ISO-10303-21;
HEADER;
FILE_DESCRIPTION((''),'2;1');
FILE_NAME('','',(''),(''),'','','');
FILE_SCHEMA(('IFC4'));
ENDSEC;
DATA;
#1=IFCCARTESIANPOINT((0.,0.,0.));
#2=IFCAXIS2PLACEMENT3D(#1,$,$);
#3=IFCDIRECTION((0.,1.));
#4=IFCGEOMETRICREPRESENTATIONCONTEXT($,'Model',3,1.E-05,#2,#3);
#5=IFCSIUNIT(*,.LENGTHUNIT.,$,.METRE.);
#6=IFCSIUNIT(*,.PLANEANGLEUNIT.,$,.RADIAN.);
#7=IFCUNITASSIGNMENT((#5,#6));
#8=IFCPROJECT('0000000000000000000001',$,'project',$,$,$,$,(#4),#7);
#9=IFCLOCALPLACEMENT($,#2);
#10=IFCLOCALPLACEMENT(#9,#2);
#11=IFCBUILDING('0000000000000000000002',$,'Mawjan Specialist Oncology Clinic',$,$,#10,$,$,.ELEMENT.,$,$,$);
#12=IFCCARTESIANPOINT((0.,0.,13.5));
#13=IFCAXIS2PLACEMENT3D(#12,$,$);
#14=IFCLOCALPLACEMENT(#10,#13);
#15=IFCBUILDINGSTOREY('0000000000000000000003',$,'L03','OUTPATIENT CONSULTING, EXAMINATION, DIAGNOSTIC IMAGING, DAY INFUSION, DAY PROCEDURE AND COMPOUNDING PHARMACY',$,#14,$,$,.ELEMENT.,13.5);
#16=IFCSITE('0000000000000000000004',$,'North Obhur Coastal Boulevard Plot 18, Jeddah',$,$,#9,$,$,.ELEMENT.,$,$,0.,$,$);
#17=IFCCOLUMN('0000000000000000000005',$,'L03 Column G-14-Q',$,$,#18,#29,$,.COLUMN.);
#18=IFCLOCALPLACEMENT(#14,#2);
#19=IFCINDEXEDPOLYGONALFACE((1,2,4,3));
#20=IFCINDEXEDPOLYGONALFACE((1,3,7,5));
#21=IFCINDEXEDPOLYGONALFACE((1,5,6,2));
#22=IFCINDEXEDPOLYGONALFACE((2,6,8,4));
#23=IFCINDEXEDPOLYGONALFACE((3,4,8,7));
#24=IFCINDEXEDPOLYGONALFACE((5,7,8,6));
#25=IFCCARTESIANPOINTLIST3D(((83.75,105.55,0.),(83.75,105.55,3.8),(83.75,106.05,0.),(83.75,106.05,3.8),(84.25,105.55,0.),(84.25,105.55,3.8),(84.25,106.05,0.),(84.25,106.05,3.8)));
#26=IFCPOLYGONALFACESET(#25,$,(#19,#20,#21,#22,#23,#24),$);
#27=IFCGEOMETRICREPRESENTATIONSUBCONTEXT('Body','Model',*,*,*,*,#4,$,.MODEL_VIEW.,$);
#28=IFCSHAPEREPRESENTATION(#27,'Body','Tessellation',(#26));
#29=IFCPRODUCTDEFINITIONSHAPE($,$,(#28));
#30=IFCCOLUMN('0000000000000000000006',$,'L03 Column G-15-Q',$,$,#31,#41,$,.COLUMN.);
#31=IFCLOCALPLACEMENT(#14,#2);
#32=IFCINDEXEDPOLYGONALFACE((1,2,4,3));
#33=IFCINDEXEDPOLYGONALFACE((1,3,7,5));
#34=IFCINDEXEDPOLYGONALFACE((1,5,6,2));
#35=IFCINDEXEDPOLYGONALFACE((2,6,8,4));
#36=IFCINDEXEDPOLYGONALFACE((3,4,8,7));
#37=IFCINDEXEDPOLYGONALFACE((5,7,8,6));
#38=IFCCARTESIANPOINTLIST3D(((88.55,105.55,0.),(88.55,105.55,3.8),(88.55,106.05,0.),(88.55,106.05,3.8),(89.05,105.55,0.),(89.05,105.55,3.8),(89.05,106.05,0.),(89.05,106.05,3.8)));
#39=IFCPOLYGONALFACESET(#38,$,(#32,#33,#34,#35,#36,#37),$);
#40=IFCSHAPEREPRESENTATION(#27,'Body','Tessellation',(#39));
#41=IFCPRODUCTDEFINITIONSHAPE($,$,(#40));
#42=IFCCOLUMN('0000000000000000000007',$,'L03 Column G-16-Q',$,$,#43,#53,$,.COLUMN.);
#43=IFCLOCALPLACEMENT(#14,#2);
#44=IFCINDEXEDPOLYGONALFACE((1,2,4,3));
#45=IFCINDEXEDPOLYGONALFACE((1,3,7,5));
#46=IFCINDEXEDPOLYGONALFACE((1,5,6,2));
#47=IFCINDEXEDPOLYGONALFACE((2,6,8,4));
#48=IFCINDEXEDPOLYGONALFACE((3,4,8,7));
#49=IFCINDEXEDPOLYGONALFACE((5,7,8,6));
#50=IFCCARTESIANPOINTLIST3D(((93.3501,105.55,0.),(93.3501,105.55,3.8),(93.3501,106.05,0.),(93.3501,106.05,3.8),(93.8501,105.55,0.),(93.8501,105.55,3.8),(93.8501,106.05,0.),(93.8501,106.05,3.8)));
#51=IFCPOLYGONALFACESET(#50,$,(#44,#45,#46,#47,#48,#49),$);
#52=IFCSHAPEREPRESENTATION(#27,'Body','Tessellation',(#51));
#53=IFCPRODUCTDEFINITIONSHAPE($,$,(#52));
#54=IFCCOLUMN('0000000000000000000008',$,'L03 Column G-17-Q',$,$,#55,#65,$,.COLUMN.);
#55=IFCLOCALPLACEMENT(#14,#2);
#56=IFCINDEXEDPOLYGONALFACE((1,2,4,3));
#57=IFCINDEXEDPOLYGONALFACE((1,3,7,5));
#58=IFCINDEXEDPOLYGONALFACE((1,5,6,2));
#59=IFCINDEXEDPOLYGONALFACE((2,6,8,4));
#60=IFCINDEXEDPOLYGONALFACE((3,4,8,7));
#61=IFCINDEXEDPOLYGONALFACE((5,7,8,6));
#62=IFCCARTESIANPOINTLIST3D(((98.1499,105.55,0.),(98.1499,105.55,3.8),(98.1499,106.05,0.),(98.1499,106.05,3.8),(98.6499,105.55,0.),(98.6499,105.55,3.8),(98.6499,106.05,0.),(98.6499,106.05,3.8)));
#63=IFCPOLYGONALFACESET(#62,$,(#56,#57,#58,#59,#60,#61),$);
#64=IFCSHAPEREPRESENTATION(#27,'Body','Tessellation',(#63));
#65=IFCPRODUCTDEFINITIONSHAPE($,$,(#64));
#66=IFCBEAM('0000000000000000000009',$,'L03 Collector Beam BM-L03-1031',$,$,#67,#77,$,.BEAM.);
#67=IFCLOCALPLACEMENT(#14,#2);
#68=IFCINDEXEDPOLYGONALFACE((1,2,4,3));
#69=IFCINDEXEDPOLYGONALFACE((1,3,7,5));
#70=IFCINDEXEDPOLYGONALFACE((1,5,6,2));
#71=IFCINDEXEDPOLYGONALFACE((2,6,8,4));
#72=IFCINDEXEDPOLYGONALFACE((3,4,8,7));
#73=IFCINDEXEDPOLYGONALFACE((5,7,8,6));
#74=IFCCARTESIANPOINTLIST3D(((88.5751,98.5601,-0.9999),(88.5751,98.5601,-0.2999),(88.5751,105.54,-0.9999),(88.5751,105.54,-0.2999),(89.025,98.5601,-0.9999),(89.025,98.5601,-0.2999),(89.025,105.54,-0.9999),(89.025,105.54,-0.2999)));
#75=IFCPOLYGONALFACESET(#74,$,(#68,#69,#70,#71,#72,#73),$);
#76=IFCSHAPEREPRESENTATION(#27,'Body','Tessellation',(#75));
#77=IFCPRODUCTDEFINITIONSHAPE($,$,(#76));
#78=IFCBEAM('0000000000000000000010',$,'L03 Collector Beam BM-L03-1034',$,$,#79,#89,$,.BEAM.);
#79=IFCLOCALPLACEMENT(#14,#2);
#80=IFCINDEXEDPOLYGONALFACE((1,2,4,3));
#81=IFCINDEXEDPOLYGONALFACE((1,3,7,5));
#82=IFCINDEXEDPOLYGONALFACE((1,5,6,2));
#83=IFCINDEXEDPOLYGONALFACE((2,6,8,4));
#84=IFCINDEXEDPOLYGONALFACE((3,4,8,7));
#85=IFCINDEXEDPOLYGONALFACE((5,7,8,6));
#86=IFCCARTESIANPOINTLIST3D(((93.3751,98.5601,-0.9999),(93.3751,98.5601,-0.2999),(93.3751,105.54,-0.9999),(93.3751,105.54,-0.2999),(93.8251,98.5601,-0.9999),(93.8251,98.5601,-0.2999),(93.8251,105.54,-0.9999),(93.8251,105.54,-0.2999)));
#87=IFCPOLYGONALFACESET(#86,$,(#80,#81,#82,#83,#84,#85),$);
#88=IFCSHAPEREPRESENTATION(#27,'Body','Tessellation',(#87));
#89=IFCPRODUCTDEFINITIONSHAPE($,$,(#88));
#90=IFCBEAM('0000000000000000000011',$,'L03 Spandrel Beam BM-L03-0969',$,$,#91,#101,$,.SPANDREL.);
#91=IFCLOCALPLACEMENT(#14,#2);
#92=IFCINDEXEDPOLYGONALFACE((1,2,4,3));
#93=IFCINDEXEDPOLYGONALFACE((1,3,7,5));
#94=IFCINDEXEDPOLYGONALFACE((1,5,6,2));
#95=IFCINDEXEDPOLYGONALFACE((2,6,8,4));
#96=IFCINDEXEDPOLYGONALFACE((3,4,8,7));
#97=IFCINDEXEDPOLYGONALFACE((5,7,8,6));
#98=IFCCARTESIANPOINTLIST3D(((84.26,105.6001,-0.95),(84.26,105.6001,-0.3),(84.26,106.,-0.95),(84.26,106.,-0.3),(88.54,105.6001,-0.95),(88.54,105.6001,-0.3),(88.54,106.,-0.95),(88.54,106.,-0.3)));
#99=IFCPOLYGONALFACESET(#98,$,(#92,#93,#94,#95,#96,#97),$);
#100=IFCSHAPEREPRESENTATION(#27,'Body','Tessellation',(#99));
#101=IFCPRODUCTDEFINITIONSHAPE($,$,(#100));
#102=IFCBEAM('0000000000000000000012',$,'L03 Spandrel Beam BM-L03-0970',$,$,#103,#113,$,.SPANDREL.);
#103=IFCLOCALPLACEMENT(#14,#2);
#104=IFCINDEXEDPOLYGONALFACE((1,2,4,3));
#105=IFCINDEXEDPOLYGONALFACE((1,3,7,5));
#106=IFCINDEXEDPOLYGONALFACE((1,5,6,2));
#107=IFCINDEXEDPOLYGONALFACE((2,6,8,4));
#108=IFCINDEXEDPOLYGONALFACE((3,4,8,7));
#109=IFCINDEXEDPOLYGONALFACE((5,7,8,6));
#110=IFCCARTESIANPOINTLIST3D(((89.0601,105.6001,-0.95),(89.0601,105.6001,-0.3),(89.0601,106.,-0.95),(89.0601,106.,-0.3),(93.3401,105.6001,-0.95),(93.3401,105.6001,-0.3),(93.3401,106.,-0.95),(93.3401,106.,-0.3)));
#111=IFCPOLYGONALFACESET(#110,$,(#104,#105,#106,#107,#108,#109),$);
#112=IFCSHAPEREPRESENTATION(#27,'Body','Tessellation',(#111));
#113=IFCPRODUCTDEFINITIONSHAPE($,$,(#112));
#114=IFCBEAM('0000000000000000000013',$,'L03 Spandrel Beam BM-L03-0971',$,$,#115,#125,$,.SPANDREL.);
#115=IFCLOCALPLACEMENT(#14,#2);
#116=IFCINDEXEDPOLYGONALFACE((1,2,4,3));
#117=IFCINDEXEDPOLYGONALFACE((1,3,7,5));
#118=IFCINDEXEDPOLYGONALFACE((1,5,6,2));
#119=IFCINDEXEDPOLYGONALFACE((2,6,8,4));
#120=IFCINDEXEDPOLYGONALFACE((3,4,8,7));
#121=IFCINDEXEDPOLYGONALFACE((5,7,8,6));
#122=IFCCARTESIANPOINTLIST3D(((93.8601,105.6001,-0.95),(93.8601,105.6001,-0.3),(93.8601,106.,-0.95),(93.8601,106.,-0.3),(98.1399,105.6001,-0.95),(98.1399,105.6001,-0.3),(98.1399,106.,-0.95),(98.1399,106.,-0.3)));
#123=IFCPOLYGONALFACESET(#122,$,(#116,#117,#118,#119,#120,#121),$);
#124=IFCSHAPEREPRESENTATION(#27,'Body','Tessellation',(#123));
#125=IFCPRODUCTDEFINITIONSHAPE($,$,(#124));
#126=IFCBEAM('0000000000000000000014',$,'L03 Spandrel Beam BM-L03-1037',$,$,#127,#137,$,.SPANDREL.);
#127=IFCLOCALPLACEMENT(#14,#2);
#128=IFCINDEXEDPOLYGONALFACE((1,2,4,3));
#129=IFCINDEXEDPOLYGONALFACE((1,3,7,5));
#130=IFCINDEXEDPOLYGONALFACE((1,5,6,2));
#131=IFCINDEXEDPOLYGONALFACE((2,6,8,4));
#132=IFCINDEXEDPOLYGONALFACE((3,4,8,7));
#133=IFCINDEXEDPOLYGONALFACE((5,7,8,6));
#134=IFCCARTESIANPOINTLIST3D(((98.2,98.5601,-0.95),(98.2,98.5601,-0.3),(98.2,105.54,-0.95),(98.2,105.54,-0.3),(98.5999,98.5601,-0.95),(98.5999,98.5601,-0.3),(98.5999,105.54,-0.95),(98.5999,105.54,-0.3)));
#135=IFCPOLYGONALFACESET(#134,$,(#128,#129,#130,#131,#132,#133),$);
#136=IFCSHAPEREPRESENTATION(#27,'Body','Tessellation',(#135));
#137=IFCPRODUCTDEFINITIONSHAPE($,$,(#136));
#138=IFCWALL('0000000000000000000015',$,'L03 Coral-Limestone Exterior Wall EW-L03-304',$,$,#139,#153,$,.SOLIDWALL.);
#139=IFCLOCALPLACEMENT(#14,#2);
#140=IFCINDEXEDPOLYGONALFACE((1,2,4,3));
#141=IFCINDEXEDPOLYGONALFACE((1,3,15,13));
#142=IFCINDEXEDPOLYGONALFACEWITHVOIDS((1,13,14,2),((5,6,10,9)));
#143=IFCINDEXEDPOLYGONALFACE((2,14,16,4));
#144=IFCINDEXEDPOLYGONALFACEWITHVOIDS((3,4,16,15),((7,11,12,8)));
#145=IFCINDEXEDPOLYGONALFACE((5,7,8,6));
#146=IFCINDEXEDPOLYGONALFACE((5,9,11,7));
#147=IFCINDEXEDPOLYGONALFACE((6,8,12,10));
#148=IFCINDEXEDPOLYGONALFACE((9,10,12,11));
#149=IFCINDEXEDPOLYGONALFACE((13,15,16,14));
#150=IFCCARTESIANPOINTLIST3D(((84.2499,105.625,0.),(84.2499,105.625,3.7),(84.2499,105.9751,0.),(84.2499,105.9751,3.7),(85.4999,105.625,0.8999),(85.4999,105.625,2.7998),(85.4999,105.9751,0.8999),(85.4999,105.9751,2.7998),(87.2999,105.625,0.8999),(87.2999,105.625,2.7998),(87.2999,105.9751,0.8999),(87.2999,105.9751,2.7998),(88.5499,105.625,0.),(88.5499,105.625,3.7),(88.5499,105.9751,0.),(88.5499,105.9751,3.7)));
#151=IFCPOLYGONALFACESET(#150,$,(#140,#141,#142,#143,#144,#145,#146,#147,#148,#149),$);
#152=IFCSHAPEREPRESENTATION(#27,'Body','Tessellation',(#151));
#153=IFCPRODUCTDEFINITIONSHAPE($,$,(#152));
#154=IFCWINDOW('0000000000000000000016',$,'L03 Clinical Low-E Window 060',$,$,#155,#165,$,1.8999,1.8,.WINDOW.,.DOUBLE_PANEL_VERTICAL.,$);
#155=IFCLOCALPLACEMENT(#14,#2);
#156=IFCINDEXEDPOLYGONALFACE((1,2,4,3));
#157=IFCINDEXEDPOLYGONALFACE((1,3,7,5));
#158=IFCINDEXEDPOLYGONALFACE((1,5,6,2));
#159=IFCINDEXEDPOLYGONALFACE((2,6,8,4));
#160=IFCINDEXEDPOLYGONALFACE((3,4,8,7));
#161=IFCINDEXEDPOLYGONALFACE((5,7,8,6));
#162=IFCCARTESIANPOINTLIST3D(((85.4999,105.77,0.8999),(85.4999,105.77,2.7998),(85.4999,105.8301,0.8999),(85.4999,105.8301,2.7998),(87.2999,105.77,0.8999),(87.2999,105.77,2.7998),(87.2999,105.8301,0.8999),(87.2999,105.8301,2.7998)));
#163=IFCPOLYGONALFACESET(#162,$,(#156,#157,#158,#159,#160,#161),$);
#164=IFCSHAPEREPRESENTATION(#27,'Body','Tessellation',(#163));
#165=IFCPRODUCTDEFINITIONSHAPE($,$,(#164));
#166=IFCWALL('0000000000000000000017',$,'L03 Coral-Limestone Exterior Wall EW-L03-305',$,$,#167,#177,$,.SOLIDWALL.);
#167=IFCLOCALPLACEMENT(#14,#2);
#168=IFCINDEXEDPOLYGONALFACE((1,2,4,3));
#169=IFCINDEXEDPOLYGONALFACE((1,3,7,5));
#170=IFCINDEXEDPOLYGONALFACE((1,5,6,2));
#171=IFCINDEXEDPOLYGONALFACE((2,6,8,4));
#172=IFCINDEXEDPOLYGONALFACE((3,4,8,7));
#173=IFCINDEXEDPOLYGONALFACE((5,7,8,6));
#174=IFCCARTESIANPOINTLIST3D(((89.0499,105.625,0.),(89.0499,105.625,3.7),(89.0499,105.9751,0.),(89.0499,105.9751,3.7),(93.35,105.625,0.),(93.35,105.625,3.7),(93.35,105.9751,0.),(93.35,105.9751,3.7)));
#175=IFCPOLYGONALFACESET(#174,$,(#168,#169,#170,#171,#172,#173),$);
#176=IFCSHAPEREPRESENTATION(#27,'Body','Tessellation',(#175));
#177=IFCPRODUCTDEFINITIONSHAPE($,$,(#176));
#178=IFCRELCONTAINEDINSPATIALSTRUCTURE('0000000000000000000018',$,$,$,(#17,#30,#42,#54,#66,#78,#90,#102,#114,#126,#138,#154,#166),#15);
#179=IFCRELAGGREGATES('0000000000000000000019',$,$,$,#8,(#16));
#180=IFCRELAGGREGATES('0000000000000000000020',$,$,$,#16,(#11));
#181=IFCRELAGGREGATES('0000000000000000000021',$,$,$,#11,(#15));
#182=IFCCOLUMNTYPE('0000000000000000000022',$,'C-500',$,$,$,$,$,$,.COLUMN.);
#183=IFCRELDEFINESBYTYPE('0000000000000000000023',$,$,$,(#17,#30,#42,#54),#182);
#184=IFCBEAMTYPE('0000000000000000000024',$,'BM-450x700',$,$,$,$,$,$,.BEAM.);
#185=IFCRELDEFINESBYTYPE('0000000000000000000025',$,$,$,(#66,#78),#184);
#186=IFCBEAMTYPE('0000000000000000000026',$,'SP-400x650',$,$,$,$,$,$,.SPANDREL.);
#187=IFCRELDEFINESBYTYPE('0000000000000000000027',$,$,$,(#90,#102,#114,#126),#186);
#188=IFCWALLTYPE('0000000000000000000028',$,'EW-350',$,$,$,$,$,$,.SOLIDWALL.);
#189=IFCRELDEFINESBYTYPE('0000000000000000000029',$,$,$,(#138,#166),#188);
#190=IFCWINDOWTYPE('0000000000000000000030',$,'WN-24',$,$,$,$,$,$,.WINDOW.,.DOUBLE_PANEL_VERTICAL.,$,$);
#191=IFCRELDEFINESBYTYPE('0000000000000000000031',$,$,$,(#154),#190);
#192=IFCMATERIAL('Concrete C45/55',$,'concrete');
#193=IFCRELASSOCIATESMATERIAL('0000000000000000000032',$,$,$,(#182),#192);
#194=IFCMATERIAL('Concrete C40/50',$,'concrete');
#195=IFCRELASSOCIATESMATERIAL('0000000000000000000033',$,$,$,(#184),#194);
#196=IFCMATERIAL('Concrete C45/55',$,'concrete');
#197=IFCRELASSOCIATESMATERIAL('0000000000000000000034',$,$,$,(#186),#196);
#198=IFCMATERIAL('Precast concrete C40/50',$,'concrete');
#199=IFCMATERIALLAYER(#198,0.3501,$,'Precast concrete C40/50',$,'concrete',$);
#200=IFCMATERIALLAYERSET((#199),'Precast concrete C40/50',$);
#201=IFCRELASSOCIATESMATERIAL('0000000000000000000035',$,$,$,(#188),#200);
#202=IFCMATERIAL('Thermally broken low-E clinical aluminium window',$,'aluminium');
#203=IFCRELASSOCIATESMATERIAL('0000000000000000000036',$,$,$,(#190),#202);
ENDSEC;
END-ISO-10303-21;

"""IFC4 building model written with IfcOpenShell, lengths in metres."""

from ifc_helpers import new_model, si_unit, direction, frame, frame_2d, origin, origin_2d, place, context, subcontext, project, spatial, rectangle, extrude, material, layer, layer_set, material_profile, profile_set, type_object, element, fill, save


model = new_model("IFC4")

# Units and contexts
model_context = context("Model", 3, precision=1e-05, world=origin(), true_north=direction((0.0, 1.0)))
body_context = subcontext(model_context, "Body", "Model", "MODEL_VIEW")
ifc_project = project(units=[si_unit("LENGTHUNIT", "METRE"), si_unit("PLANEANGLEUNIT", "RADIAN")], contexts=[model_context])

# Site, building, storey
site_placement = place(None, origin())
site = spatial("IfcSite", under=ifc_project, at=site_placement, Name="North Obhur Coastal Boulevard Plot 18, Jeddah", CompositionType="ELEMENT", RefElevation=0.0)
building_placement = place(site_placement, origin())
building = spatial("IfcBuilding", under=site, at=building_placement, Name="Mawjan Specialist Oncology Clinic", CompositionType="ELEMENT")
storey_placement = place(building_placement, frame((0.0, 0.0, 13.5)))
storey = spatial("IfcBuildingStorey", under=building, at=storey_placement, Name="L03", Description="OUTPATIENT CONSULTING, EXAMINATION, DIAGNOSTIC IMAGING, DAY INFUSION, DAY PROCEDURE AND COMPOUNDING PHARMACY", CompositionType="ELEMENT", Elevation=13.5)

# Columns
ifc_material_1 = material(Name="Concrete C45/55", Category="concrete")
ifc_material_profile_1 = material_profile(ifc_material_1, rectangle(XDim=0.5, YDim=0.5, at=origin_2d()), Name="RC COL 500x500", Category="concrete")
ifc_profile_set_1 = profile_set([ifc_material_profile_1], Name="Concrete C45/55")
column_type = type_object("IfcColumnType", Name="C-500", PredefinedType="COLUMN", material=ifc_profile_set_1)
for number, where, z_axis, x_axis, name in (
    (1, (84.0, 105.8, 0.0), (0.0, 0.0, 1.0), (1.0, 0.0, 0.0), "L03 Column G-14-Q"),
    (2, (88.8, 105.8, 0.0), (0.0, 0.0, 1.0), (1.0, 0.0, 0.0), "L03 Column G-15-Q"),
    (3, (93.6001, 105.8, 0.0), (0.0, 0.0, 1.0), (1.0, 0.0, 0.0), "L03 Column G-16-Q"),
    (4, (98.3999, 105.8, 0.0), (0.0, 0.0, 1.0), (1.0, 0.0, 0.0), "L03 Column G-17-Q"),
):
    element("IfcColumn", number, at=place(storey_placement, frame(where, z_axis=z_axis, x_axis=x_axis)), inside=storey, type_object=column_type, Name=name, PredefinedType="COLUMN", context=body_context, shape_type="SweptSolid", body=[
        extrude(rectangle(XDim=0.5, YDim=0.5, at=origin_2d()), origin(), (0.0, 0.0, 1.0), 3.8),
    ])

# Beams
ifc_material_2 = material(Name="Concrete C40/50", Category="concrete")
ifc_material_profile_2 = material_profile(ifc_material_2, rectangle(XDim=0.45, YDim=0.7, at=origin_2d()), Name="RC BM 450x700", Category="concrete")
ifc_profile_set_2 = profile_set([ifc_material_profile_2], Name="Concrete C40/50")
beam_type_1 = type_object("IfcBeamType", Name="BM-450x700", PredefinedType="BEAM", material=ifc_profile_set_2)
for number, where, z_axis, x_axis, name in (
    (5, (88.8, 98.5601, -0.6499), (0.0, 1.0, 0.0), (-1.0, 0.0, 0.0), "L03 Collector Beam BM-L03-1031"),
    (6, (93.6001, 98.5601, -0.6499), (0.0, 1.0, 0.0), (-1.0, 0.0, 0.0), "L03 Collector Beam BM-L03-1034"),
):
    element("IfcBeam", number, at=place(storey_placement, frame(where, z_axis=z_axis, x_axis=x_axis)), inside=storey, type_object=beam_type_1, Name=name, PredefinedType="BEAM", context=body_context, shape_type="SweptSolid", body=[
        extrude(rectangle(XDim=0.45, YDim=0.7, at=origin_2d()), origin(), (0.0, 0.0, 1.0), 6.98),
    ])
ifc_material_3 = material(Name="Concrete C45/55", Category="concrete")
ifc_material_profile_3 = material_profile(ifc_material_3, rectangle(XDim=0.3999, YDim=0.6499, at=origin_2d()), Name="RC BM 400x650", Category="concrete")
ifc_profile_set_3 = profile_set([ifc_material_profile_3], Name="Concrete C45/55")
beam_type_2 = type_object("IfcBeamType", Name="SP-400x650", PredefinedType="SPANDREL", material=ifc_profile_set_3)
for number, where, z_axis, x_axis, name in (
    (7, (84.26, 105.8, -0.625), (1.0, 0.0, 0.0), (0.0, 1.0, 0.0), "L03 Spandrel Beam BM-L03-0969"),
    (8, (89.0601, 105.8, -0.625), (1.0, 0.0, 0.0), (0.0, 1.0, 0.0), "L03 Spandrel Beam BM-L03-0970"),
):
    element("IfcBeam", number, at=place(storey_placement, frame(where, z_axis=z_axis, x_axis=x_axis)), inside=storey, type_object=beam_type_2, Name=name, PredefinedType="SPANDREL", context=body_context, shape_type="SweptSolid", body=[
        extrude(rectangle(XDim=0.3999, YDim=0.6499, at=origin_2d()), origin(), (0.0, 0.0, 1.0), 4.28),
    ])
beam_1_placement = place(storey_placement, frame((93.8601, 105.8, -0.625), z_axis=(1.0, 0.0, 0.0), x_axis=(0.0, 1.0, 0.0)))
element("IfcBeam", 9, at=beam_1_placement, inside=storey, type_object=beam_type_2, Name="L03 Spandrel Beam BM-L03-0971", PredefinedType="SPANDREL", context=body_context, shape_type="SweptSolid", body=[
    extrude(rectangle(XDim=0.3999, YDim=0.6499, at=origin_2d()), origin(), (0.0, 0.0, 1.0), 4.2798),
])
beam_2_placement = place(storey_placement, frame((98.3999, 98.5601, -0.625), z_axis=(0.0, 1.0, 0.0), x_axis=(-1.0, 0.0, 0.0)))
element("IfcBeam", 10, at=beam_2_placement, inside=storey, type_object=beam_type_2, Name="L03 Spandrel Beam BM-L03-1037", PredefinedType="SPANDREL", context=body_context, shape_type="SweptSolid", body=[
    extrude(rectangle(XDim=0.3999, YDim=0.6499, at=origin_2d()), origin(), (0.0, 0.0, 1.0), 6.98),
])

# Wall, opening, window
ifc_material_4 = material(Name="Precast concrete C40/50", Category="concrete")
ifc_layer_1 = layer(ifc_material_4, 0.3501, Name="Precast concrete C40/50", Category="concrete")
ifc_layer_set_1 = layer_set([ifc_layer_1], Name="Precast concrete C40/50")
wall_type = type_object("IfcWallType", Name="EW-350", PredefinedType="SOLIDWALL", material=ifc_layer_set_1)
wall_1_placement = place(storey_placement, frame((84.25, 105.8, 0.0), z_axis=(0.0, 0.0, 1.0), x_axis=(1.0, 0.0, 0.0)))
wall_1 = element("IfcWall", 11, at=wall_1_placement, inside=storey, type_object=wall_type, Name="L03 Coral-Limestone Exterior Wall EW-L03-304", PredefinedType="SOLIDWALL", context=body_context, shape_type="SweptSolid", body=[
    extrude(rectangle(XDim=4.3, YDim=0.3501, at=frame_2d((2.1499, 0.0))), origin(), (0.0, 0.0, 1.0), 3.7),
])
opening_1_placement = place(wall_1_placement, frame((1.25, 0.0, 0.8999)))
opening_1 = element("IfcOpeningElement", 12, at=opening_1_placement, cuts=wall_1, PredefinedType="OPENING", context=body_context, shape_type="SweptSolid", body=[
    extrude(rectangle(XDim=1.8, YDim=1.8999, at=frame_2d((0.8999, 0.95))), frame((0.0, 0.187, 0.0), z_axis=(0.0, -1.0, 0.0), x_axis=(1.0, 0.0, 0.0)), (0.0, 0.0, 1.0), 0.374),
])
ifc_material_5 = material(Name="Thermally broken low-E clinical aluminium window", Category="aluminium")
window_type_1 = type_object("IfcWindowType", Name="WN-24", PartitioningType="DOUBLE_PANEL_VERTICAL", PredefinedType="WINDOW", material=ifc_material_5)
window_1_placement = place(opening_1_placement, origin())
window_1 = element("IfcWindow", 13, at=window_1_placement, inside=storey, type_object=window_type_1, Name="L03 Clinical Low-E Window 060", OverallHeight=1.8999, OverallWidth=1.8, PartitioningType="DOUBLE_PANEL_VERTICAL", PredefinedType="WINDOW", context=body_context, shape_type="SweptSolid", body=[
    extrude(rectangle(XDim=1.8, YDim=1.8999, at=frame_2d((0.8999, 0.95))), frame((0.0, 0.03, 0.0), z_axis=(0.0, -1.0, 0.0), x_axis=(1.0, 0.0, 0.0)), (0.0, 0.0, 1.0), 0.0601),
])
fill(opening_1, window_1)

# Wall
wall_2_placement = place(storey_placement, frame((89.05, 105.8, 0.0), z_axis=(0.0, 0.0, 1.0), x_axis=(1.0, 0.0, 0.0)))
element("IfcWall", 14, at=wall_2_placement, inside=storey, type_object=wall_type, Name="L03 Coral-Limestone Exterior Wall EW-L03-305", PredefinedType="SOLIDWALL", context=body_context, shape_type="SweptSolid", body=[
    extrude(rectangle(XDim=4.3, YDim=0.3501, at=frame_2d((2.1499, 0.0))), origin(), (0.0, 0.0, 1.0), 3.7),
])

save(model, "model.ifc")
